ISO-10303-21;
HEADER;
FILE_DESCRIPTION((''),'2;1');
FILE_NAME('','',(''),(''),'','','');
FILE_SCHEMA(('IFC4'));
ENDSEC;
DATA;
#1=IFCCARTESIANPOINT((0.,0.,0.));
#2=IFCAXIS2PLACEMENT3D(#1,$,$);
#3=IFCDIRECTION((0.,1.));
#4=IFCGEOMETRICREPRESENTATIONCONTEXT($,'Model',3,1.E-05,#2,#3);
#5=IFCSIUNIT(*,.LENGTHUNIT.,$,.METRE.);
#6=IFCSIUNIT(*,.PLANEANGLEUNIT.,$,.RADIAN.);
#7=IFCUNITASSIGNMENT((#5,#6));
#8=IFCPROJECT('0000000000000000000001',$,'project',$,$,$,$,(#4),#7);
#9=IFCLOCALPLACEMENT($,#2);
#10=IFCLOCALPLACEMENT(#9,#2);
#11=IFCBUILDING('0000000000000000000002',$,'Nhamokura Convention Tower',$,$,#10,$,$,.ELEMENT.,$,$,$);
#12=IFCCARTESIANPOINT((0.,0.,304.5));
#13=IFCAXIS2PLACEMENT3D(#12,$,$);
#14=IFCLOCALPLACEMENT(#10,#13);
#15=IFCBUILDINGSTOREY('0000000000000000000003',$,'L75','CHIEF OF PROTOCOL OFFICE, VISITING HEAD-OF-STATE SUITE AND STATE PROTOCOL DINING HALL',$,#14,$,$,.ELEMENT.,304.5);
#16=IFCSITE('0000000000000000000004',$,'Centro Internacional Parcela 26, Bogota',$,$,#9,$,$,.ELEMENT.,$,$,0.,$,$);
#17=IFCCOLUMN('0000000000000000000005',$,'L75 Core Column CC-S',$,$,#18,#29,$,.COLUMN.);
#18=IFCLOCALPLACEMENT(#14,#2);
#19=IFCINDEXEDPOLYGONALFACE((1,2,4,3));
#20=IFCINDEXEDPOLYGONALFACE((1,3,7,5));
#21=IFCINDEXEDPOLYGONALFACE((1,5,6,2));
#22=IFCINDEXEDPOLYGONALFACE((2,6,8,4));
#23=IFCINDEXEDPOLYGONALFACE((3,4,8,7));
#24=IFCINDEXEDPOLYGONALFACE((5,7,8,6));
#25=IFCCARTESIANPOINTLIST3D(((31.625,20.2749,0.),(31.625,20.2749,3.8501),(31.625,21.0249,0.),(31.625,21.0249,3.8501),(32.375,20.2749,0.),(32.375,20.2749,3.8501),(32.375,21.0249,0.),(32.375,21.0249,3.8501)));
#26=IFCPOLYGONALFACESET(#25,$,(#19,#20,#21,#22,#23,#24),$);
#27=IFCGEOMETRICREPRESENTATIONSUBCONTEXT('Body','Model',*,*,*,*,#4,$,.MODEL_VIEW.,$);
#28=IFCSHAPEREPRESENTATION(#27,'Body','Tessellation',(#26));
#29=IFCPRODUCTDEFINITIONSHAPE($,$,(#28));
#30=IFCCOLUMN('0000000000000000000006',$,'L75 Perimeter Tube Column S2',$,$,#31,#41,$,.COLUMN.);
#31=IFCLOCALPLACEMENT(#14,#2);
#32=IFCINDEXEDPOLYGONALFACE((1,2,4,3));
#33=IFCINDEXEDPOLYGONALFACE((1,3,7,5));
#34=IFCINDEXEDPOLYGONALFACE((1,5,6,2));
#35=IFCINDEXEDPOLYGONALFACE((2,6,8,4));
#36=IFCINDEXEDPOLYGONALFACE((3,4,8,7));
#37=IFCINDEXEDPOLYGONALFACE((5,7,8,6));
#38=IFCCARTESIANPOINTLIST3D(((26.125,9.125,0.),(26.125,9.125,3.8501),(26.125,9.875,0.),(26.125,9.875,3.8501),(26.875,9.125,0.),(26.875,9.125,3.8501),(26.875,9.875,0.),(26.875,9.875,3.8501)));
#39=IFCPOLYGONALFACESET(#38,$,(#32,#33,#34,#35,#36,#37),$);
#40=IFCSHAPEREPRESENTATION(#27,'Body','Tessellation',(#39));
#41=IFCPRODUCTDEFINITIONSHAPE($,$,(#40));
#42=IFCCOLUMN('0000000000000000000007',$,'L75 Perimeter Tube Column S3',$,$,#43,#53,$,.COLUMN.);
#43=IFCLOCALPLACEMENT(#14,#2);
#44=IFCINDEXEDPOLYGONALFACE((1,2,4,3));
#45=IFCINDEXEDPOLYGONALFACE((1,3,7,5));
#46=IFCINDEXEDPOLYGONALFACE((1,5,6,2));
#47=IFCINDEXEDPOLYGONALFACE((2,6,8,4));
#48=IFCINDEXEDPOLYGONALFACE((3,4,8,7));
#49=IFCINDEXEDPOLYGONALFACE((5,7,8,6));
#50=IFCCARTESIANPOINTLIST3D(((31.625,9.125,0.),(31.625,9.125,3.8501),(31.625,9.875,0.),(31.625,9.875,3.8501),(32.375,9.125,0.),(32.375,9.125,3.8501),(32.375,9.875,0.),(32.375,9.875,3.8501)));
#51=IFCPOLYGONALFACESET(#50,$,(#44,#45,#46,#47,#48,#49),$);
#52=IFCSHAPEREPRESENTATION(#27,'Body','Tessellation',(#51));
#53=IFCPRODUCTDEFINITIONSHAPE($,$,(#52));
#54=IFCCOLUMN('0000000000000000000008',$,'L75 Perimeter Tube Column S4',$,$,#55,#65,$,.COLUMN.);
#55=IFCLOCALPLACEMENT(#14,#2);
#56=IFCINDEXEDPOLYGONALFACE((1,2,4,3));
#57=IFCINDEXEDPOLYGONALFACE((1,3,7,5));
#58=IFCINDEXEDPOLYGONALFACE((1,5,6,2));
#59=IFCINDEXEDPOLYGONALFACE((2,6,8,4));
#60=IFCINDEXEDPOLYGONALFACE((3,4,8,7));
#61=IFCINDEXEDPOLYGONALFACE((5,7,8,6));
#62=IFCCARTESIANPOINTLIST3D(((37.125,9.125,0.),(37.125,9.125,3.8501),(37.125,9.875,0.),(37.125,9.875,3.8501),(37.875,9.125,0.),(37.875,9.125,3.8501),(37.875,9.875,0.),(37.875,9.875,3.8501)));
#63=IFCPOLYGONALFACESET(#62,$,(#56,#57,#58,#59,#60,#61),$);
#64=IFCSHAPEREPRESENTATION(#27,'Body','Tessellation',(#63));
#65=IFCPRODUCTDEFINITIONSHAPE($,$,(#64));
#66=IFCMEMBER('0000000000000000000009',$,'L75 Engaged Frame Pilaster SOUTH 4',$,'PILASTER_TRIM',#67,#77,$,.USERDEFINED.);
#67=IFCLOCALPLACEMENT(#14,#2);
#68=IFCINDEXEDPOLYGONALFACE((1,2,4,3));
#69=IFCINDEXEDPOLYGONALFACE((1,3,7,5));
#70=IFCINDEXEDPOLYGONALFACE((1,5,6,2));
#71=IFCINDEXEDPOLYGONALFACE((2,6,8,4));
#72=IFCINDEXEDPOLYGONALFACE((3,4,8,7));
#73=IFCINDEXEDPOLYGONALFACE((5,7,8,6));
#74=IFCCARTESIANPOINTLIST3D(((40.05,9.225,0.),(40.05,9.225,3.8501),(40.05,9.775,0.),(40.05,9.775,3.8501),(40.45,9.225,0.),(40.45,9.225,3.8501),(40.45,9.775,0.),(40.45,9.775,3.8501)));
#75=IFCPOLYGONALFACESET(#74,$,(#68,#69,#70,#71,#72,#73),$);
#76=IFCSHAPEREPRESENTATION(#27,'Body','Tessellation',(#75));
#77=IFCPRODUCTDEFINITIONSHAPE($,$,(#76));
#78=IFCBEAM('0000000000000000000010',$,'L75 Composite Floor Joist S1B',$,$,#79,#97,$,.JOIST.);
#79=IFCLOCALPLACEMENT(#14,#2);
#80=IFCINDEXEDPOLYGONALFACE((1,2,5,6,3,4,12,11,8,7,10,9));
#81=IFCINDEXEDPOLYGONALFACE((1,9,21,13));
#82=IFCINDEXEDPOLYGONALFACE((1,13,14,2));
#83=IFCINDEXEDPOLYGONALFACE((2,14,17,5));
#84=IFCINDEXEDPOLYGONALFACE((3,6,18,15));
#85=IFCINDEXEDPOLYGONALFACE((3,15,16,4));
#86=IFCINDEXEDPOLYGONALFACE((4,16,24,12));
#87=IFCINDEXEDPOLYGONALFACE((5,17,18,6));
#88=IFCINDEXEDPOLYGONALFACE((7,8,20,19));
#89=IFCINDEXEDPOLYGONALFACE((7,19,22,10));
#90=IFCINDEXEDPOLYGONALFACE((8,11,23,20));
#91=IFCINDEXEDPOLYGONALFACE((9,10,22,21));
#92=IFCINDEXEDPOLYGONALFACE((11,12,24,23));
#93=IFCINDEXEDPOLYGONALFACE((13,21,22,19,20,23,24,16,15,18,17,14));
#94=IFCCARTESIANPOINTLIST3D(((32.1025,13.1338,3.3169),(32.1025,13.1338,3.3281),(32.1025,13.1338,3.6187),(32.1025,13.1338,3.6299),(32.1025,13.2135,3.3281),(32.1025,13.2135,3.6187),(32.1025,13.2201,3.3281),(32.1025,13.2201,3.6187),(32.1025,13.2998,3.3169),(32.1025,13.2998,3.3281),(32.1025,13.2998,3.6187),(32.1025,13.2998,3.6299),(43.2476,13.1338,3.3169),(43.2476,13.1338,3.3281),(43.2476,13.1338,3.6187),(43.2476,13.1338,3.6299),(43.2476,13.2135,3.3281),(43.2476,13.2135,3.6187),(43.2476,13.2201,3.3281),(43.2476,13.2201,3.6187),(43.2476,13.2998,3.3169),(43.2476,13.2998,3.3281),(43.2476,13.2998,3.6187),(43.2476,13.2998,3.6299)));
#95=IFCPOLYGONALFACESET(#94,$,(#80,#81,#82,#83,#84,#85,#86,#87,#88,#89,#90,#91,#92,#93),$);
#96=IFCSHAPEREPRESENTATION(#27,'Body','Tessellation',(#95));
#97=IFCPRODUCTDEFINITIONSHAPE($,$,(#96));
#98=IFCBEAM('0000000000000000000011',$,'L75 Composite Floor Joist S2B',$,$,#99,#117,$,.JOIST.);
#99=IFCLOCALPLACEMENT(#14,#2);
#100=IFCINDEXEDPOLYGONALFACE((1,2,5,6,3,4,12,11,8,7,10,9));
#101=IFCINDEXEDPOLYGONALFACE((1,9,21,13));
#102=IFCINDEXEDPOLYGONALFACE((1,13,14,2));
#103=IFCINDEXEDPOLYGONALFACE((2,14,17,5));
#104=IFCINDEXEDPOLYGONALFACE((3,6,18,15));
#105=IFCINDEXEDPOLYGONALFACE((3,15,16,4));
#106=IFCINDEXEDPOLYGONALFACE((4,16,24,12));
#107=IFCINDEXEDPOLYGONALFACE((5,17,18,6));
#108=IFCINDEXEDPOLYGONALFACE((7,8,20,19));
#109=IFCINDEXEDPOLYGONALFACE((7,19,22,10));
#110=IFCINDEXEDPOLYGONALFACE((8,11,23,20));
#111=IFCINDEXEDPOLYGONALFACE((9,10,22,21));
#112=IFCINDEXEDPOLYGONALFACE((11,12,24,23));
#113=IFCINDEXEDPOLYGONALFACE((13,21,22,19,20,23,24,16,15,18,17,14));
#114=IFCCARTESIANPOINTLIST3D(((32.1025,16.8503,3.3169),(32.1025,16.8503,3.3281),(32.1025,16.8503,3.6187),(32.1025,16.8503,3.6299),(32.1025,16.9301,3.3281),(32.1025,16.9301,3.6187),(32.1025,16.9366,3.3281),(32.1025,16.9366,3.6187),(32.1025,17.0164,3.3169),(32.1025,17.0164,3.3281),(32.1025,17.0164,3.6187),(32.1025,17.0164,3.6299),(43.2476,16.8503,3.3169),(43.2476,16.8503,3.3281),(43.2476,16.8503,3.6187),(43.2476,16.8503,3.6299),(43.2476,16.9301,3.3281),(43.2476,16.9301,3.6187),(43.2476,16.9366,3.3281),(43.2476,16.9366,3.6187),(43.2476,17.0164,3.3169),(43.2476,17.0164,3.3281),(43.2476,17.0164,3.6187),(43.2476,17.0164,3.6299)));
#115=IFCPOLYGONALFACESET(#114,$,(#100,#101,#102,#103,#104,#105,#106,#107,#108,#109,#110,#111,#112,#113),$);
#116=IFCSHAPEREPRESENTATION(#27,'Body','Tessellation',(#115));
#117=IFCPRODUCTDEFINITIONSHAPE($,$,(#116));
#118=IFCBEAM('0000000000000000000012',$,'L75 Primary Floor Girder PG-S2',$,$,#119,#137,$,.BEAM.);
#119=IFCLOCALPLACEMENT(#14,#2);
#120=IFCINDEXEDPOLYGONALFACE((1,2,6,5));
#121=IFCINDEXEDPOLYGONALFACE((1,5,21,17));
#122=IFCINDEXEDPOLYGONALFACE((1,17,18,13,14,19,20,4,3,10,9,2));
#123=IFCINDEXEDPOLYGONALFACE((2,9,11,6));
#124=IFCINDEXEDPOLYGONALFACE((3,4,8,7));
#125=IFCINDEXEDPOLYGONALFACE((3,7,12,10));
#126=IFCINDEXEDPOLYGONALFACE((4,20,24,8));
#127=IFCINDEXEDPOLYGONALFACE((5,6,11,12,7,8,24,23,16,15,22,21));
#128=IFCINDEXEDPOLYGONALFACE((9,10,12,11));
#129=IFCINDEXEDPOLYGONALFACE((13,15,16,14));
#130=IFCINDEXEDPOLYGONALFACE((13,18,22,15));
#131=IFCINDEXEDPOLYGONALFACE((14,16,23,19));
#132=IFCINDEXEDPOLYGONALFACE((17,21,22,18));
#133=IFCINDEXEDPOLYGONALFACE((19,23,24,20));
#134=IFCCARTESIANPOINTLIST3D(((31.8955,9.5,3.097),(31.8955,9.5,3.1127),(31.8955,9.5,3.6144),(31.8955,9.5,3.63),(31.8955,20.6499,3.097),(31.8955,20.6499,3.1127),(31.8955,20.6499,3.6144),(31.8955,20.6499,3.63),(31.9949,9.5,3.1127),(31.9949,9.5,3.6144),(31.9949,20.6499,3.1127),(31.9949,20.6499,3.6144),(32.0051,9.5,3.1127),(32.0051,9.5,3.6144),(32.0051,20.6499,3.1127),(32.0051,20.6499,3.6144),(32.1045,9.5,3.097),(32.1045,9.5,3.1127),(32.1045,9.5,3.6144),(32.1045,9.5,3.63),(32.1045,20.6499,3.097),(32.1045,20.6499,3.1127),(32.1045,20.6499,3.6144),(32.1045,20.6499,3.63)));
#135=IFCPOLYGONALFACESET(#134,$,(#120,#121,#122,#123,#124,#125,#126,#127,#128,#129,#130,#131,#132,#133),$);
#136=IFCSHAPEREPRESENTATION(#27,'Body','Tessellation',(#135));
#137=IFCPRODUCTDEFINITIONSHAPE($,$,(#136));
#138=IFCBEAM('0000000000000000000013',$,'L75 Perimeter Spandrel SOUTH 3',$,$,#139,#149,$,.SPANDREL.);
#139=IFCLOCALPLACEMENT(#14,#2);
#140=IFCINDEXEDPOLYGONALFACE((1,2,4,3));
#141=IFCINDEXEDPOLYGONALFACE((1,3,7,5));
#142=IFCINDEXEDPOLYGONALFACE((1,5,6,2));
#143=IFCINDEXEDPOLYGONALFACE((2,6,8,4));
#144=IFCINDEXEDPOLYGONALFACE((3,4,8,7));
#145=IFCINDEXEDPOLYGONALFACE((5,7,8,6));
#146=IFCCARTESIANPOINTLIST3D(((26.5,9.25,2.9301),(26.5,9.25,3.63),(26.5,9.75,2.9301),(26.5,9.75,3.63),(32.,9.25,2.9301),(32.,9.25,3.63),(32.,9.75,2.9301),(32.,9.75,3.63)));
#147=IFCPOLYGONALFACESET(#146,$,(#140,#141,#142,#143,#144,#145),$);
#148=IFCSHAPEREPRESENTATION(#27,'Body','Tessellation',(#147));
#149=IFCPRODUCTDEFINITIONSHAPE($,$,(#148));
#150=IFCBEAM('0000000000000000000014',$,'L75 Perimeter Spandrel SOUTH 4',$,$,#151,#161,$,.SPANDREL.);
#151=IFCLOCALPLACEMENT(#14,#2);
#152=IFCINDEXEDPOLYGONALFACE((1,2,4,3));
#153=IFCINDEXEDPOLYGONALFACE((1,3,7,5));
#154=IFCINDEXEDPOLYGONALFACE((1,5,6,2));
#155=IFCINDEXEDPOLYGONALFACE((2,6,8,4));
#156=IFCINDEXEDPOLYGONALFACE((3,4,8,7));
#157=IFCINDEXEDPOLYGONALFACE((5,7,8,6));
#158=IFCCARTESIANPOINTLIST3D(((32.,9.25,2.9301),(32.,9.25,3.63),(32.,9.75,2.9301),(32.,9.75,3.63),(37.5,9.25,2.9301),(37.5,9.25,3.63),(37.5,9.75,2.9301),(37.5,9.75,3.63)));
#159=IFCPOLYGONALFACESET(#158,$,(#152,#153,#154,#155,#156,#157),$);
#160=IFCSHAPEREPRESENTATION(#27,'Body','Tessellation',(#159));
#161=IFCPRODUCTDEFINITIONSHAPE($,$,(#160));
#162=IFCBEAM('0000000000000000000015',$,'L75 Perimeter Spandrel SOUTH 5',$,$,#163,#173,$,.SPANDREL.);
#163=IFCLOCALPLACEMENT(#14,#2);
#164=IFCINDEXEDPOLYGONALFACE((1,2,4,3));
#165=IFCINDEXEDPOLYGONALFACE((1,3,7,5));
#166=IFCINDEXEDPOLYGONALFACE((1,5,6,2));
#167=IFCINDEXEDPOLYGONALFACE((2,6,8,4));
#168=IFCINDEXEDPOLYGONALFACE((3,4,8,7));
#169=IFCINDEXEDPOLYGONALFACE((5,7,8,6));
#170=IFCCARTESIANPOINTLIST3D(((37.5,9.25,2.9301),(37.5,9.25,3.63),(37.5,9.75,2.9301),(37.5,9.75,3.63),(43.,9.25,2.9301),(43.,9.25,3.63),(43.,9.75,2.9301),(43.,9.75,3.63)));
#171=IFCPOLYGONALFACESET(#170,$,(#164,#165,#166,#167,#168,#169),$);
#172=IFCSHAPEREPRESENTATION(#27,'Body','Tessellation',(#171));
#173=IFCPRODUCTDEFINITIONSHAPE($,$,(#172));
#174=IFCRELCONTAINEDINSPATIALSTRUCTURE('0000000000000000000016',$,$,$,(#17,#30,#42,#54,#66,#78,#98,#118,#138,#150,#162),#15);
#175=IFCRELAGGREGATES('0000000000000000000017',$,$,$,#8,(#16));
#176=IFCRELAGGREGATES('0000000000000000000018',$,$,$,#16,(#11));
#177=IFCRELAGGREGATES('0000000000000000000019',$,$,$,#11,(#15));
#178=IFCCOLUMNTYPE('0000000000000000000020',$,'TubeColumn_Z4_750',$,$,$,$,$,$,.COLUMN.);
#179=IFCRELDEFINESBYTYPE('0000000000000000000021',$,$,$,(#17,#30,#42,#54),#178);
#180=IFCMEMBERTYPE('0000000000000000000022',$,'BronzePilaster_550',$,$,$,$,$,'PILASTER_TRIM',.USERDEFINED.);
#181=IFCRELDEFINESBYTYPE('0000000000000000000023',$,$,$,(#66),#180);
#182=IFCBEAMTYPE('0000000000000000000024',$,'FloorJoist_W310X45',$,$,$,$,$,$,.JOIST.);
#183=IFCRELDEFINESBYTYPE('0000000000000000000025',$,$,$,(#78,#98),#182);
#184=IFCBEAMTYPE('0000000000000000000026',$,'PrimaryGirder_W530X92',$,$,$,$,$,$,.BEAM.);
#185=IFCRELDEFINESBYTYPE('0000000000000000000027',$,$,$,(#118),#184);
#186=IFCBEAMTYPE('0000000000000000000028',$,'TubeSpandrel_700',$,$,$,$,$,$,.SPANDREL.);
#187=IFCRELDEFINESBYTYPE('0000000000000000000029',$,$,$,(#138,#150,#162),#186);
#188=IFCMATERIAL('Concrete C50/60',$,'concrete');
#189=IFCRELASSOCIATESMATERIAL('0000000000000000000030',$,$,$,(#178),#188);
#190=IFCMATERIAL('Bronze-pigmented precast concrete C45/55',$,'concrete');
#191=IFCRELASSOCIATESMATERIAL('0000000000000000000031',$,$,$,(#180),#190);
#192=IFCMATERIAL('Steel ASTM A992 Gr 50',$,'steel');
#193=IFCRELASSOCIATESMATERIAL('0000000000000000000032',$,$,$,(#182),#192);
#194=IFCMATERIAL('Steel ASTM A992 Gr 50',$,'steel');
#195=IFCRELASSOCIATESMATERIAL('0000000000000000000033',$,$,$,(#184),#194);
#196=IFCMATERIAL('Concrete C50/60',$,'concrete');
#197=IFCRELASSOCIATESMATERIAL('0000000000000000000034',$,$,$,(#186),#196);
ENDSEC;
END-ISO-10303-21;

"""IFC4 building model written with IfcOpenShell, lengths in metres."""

from ifc_helpers import new_model, si_unit, direction, frame, origin, origin_2d, place, context, subcontext, project, spatial, rectangle, i_section, extrude, material, material_profile, profile_set, type_object, element, save


model = new_model("IFC4")

# Units and contexts
model_context = context("Model", 3, precision=1e-05, world=origin(), true_north=direction((0.0, 1.0)))
body_context = subcontext(model_context, "Body", "Model", "MODEL_VIEW")
ifc_project = project(units=[si_unit("LENGTHUNIT", "METRE"), si_unit("PLANEANGLEUNIT", "RADIAN")], contexts=[model_context])

# Site, building, storey
site_placement = place(None, origin())
site = spatial("IfcSite", under=ifc_project, at=site_placement, Name="Centro Internacional Parcela 26, Bogota", CompositionType="ELEMENT", RefElevation=0.0)
building_placement = place(site_placement, origin())
building = spatial("IfcBuilding", under=site, at=building_placement, Name="Nhamokura Convention Tower", CompositionType="ELEMENT")
storey_placement = place(building_placement, frame((0.0, 0.0, 304.5)))
storey = spatial("IfcBuildingStorey", under=building, at=storey_placement, Name="L75", Description="CHIEF OF PROTOCOL OFFICE, VISITING HEAD-OF-STATE SUITE AND STATE PROTOCOL DINING HALL", CompositionType="ELEMENT", Elevation=304.5)

# Columns
ifc_material_1 = material(Name="Concrete C50/60", Category="concrete")
ifc_material_profile_1 = material_profile(ifc_material_1, rectangle(XDim=0.75, YDim=0.75, at=origin_2d()))
ifc_profile_set_1 = profile_set([ifc_material_profile_1], Name="Concrete C50/60")
column_type = type_object("IfcColumnType", Name="TubeColumn_Z4_750", PredefinedType="COLUMN", material=ifc_profile_set_1)
for number, where, z_axis, x_axis, name in (
    (1, (32.0, 20.6499, 0.0), (0.0, 0.0, 1.0), (1.0, 0.0, 0.0), "L75 Core Column CC-S"),
    (2, (26.5, 9.5, 0.0), (0.0, 0.0, 1.0), (1.0, 0.0, 0.0), "L75 Perimeter Tube Column S2"),
    (3, (32.0, 9.5, 0.0), (0.0, 0.0, 1.0), (1.0, 0.0, 0.0), "L75 Perimeter Tube Column S3"),
    (4, (37.5, 9.5, 0.0), (0.0, 0.0, 1.0), (1.0, 0.0, 0.0), "L75 Perimeter Tube Column S4"),
):
    element("IfcColumn", number, at=place(storey_placement, frame(where, z_axis=z_axis, x_axis=x_axis)), inside=storey, type_object=column_type, Name=name, PredefinedType="COLUMN", context=body_context, shape_type="SweptSolid", body=[
        extrude(rectangle(XDim=0.75, YDim=0.75, at=origin_2d()), origin(), (0.0, 0.0, 1.0), 3.8501),
    ])

# Member
ifc_material_2 = material(Name="Bronze-pigmented precast concrete C45/55", Category="concrete")
ifc_material_profile_2 = material_profile(ifc_material_2, rectangle(XDim=0.3999, YDim=0.55, at=origin_2d()))
ifc_profile_set_2 = profile_set([ifc_material_profile_2], Name="Bronze-pigmented precast concrete C45/55")
member_type = type_object("IfcMemberType", Name="BronzePilaster_550", ElementType="PILASTER_TRIM", PredefinedType="USERDEFINED", material=ifc_profile_set_2)
member_placement = place(storey_placement, frame((40.25, 9.5, 0.0), z_axis=(0.0, 0.0, 1.0), x_axis=(1.0, 0.0, 0.0)))
element("IfcMember", 5, at=member_placement, inside=storey, type_object=member_type, Name="L75 Engaged Frame Pilaster SOUTH 4", ObjectType="PILASTER_TRIM", PredefinedType="USERDEFINED", context=body_context, shape_type="SweptSolid", body=[
    extrude(rectangle(XDim=0.3999, YDim=0.55, at=origin_2d()), origin(), (0.0, 0.0, 1.0), 3.8501),
])

# Beams
ifc_material_3 = material(Name="Steel ASTM A992 Gr 50", Category="steel")
ifc_material_profile_3 = material_profile(ifc_material_3, i_section(OverallWidth=0.166, OverallDepth=0.313, WebThickness=0.0066, FlangeThickness=0.0112, at=origin_2d()))
ifc_profile_set_3 = profile_set([ifc_material_profile_3], Name="Steel ASTM A992 Gr 50")
beam_type_1 = type_object("IfcBeamType", Name="FloorJoist_W310X45", PredefinedType="JOIST", material=ifc_profile_set_3)
for number, where, z_axis, x_axis, name in (
    (6, (32.1025, 13.2168, 3.4734), (1.0, 0.0, 0.0), (0.0, 1.0, 0.0), "L75 Composite Floor Joist S1B"),
    (7, (32.1025, 16.9333, 3.4734), (1.0, 0.0, 0.0), (0.0, 1.0, 0.0), "L75 Composite Floor Joist S2B"),
):
    element("IfcBeam", number, at=place(storey_placement, frame(where, z_axis=z_axis, x_axis=x_axis)), inside=storey, type_object=beam_type_1, Name=name, PredefinedType="JOIST", context=body_context, shape_type="SweptSolid", body=[
        extrude(i_section(OverallWidth=0.166, OverallDepth=0.313, WebThickness=0.0066, FlangeThickness=0.0112, at=origin_2d()), origin(), (0.0, 0.0, 1.0), 11.145),
    ])
ifc_material_4 = material(Name="Steel ASTM A992 Gr 50", Category="steel")
ifc_material_profile_4 = material_profile(ifc_material_4, i_section(OverallWidth=0.209, OverallDepth=0.533, WebThickness=0.0103, FlangeThickness=0.0156, at=origin_2d()))
ifc_profile_set_4 = profile_set([ifc_material_profile_4], Name="Steel ASTM A992 Gr 50")
beam_type_2 = type_object("IfcBeamType", Name="PrimaryGirder_W530X92", PredefinedType="BEAM", material=ifc_profile_set_4)
beam_placement = place(storey_placement, frame((32.0, 9.5, 3.3635), z_axis=(0.0, 1.0, 0.0), x_axis=(-1.0, 0.0, 0.0)))
element("IfcBeam", 8, at=beam_placement, inside=storey, type_object=beam_type_2, Name="L75 Primary Floor Girder PG-S2", PredefinedType="BEAM", context=body_context, shape_type="SweptSolid", body=[
    extrude(i_section(OverallWidth=0.209, OverallDepth=0.533, WebThickness=0.0103, FlangeThickness=0.0156, at=origin_2d()), origin(), (0.0, 0.0, 1.0), 11.1499),
])
ifc_material_5 = material(Name="Concrete C50/60", Category="concrete")
ifc_material_profile_5 = material_profile(ifc_material_5, rectangle(XDim=0.5, YDim=0.7, at=origin_2d()))
ifc_profile_set_5 = profile_set([ifc_material_profile_5], Name="Concrete C50/60")
beam_type_3 = type_object("IfcBeamType", Name="TubeSpandrel_700", PredefinedType="SPANDREL", material=ifc_profile_set_5)
for number, where, z_axis, x_axis, name in (
    (9, (26.5, 9.5, 3.28), (1.0, 0.0, 0.0), (0.0, 1.0, 0.0), "L75 Perimeter Spandrel SOUTH 3"),
    (10, (32.0, 9.5, 3.28), (1.0, 0.0, 0.0), (0.0, 1.0, 0.0), "L75 Perimeter Spandrel SOUTH 4"),
    (11, (37.5, 9.5, 3.28), (1.0, 0.0, 0.0), (0.0, 1.0, 0.0), "L75 Perimeter Spandrel SOUTH 5"),
):
    element("IfcBeam", number, at=place(storey_placement, frame(where, z_axis=z_axis, x_axis=x_axis)), inside=storey, type_object=beam_type_3, Name=name, PredefinedType="SPANDREL", context=body_context, shape_type="SweptSolid", body=[
        extrude(rectangle(XDim=0.5, YDim=0.7, at=origin_2d()), origin(), (0.0, 0.0, 1.0), 5.5),
    ])

save(model, "model.ifc")
